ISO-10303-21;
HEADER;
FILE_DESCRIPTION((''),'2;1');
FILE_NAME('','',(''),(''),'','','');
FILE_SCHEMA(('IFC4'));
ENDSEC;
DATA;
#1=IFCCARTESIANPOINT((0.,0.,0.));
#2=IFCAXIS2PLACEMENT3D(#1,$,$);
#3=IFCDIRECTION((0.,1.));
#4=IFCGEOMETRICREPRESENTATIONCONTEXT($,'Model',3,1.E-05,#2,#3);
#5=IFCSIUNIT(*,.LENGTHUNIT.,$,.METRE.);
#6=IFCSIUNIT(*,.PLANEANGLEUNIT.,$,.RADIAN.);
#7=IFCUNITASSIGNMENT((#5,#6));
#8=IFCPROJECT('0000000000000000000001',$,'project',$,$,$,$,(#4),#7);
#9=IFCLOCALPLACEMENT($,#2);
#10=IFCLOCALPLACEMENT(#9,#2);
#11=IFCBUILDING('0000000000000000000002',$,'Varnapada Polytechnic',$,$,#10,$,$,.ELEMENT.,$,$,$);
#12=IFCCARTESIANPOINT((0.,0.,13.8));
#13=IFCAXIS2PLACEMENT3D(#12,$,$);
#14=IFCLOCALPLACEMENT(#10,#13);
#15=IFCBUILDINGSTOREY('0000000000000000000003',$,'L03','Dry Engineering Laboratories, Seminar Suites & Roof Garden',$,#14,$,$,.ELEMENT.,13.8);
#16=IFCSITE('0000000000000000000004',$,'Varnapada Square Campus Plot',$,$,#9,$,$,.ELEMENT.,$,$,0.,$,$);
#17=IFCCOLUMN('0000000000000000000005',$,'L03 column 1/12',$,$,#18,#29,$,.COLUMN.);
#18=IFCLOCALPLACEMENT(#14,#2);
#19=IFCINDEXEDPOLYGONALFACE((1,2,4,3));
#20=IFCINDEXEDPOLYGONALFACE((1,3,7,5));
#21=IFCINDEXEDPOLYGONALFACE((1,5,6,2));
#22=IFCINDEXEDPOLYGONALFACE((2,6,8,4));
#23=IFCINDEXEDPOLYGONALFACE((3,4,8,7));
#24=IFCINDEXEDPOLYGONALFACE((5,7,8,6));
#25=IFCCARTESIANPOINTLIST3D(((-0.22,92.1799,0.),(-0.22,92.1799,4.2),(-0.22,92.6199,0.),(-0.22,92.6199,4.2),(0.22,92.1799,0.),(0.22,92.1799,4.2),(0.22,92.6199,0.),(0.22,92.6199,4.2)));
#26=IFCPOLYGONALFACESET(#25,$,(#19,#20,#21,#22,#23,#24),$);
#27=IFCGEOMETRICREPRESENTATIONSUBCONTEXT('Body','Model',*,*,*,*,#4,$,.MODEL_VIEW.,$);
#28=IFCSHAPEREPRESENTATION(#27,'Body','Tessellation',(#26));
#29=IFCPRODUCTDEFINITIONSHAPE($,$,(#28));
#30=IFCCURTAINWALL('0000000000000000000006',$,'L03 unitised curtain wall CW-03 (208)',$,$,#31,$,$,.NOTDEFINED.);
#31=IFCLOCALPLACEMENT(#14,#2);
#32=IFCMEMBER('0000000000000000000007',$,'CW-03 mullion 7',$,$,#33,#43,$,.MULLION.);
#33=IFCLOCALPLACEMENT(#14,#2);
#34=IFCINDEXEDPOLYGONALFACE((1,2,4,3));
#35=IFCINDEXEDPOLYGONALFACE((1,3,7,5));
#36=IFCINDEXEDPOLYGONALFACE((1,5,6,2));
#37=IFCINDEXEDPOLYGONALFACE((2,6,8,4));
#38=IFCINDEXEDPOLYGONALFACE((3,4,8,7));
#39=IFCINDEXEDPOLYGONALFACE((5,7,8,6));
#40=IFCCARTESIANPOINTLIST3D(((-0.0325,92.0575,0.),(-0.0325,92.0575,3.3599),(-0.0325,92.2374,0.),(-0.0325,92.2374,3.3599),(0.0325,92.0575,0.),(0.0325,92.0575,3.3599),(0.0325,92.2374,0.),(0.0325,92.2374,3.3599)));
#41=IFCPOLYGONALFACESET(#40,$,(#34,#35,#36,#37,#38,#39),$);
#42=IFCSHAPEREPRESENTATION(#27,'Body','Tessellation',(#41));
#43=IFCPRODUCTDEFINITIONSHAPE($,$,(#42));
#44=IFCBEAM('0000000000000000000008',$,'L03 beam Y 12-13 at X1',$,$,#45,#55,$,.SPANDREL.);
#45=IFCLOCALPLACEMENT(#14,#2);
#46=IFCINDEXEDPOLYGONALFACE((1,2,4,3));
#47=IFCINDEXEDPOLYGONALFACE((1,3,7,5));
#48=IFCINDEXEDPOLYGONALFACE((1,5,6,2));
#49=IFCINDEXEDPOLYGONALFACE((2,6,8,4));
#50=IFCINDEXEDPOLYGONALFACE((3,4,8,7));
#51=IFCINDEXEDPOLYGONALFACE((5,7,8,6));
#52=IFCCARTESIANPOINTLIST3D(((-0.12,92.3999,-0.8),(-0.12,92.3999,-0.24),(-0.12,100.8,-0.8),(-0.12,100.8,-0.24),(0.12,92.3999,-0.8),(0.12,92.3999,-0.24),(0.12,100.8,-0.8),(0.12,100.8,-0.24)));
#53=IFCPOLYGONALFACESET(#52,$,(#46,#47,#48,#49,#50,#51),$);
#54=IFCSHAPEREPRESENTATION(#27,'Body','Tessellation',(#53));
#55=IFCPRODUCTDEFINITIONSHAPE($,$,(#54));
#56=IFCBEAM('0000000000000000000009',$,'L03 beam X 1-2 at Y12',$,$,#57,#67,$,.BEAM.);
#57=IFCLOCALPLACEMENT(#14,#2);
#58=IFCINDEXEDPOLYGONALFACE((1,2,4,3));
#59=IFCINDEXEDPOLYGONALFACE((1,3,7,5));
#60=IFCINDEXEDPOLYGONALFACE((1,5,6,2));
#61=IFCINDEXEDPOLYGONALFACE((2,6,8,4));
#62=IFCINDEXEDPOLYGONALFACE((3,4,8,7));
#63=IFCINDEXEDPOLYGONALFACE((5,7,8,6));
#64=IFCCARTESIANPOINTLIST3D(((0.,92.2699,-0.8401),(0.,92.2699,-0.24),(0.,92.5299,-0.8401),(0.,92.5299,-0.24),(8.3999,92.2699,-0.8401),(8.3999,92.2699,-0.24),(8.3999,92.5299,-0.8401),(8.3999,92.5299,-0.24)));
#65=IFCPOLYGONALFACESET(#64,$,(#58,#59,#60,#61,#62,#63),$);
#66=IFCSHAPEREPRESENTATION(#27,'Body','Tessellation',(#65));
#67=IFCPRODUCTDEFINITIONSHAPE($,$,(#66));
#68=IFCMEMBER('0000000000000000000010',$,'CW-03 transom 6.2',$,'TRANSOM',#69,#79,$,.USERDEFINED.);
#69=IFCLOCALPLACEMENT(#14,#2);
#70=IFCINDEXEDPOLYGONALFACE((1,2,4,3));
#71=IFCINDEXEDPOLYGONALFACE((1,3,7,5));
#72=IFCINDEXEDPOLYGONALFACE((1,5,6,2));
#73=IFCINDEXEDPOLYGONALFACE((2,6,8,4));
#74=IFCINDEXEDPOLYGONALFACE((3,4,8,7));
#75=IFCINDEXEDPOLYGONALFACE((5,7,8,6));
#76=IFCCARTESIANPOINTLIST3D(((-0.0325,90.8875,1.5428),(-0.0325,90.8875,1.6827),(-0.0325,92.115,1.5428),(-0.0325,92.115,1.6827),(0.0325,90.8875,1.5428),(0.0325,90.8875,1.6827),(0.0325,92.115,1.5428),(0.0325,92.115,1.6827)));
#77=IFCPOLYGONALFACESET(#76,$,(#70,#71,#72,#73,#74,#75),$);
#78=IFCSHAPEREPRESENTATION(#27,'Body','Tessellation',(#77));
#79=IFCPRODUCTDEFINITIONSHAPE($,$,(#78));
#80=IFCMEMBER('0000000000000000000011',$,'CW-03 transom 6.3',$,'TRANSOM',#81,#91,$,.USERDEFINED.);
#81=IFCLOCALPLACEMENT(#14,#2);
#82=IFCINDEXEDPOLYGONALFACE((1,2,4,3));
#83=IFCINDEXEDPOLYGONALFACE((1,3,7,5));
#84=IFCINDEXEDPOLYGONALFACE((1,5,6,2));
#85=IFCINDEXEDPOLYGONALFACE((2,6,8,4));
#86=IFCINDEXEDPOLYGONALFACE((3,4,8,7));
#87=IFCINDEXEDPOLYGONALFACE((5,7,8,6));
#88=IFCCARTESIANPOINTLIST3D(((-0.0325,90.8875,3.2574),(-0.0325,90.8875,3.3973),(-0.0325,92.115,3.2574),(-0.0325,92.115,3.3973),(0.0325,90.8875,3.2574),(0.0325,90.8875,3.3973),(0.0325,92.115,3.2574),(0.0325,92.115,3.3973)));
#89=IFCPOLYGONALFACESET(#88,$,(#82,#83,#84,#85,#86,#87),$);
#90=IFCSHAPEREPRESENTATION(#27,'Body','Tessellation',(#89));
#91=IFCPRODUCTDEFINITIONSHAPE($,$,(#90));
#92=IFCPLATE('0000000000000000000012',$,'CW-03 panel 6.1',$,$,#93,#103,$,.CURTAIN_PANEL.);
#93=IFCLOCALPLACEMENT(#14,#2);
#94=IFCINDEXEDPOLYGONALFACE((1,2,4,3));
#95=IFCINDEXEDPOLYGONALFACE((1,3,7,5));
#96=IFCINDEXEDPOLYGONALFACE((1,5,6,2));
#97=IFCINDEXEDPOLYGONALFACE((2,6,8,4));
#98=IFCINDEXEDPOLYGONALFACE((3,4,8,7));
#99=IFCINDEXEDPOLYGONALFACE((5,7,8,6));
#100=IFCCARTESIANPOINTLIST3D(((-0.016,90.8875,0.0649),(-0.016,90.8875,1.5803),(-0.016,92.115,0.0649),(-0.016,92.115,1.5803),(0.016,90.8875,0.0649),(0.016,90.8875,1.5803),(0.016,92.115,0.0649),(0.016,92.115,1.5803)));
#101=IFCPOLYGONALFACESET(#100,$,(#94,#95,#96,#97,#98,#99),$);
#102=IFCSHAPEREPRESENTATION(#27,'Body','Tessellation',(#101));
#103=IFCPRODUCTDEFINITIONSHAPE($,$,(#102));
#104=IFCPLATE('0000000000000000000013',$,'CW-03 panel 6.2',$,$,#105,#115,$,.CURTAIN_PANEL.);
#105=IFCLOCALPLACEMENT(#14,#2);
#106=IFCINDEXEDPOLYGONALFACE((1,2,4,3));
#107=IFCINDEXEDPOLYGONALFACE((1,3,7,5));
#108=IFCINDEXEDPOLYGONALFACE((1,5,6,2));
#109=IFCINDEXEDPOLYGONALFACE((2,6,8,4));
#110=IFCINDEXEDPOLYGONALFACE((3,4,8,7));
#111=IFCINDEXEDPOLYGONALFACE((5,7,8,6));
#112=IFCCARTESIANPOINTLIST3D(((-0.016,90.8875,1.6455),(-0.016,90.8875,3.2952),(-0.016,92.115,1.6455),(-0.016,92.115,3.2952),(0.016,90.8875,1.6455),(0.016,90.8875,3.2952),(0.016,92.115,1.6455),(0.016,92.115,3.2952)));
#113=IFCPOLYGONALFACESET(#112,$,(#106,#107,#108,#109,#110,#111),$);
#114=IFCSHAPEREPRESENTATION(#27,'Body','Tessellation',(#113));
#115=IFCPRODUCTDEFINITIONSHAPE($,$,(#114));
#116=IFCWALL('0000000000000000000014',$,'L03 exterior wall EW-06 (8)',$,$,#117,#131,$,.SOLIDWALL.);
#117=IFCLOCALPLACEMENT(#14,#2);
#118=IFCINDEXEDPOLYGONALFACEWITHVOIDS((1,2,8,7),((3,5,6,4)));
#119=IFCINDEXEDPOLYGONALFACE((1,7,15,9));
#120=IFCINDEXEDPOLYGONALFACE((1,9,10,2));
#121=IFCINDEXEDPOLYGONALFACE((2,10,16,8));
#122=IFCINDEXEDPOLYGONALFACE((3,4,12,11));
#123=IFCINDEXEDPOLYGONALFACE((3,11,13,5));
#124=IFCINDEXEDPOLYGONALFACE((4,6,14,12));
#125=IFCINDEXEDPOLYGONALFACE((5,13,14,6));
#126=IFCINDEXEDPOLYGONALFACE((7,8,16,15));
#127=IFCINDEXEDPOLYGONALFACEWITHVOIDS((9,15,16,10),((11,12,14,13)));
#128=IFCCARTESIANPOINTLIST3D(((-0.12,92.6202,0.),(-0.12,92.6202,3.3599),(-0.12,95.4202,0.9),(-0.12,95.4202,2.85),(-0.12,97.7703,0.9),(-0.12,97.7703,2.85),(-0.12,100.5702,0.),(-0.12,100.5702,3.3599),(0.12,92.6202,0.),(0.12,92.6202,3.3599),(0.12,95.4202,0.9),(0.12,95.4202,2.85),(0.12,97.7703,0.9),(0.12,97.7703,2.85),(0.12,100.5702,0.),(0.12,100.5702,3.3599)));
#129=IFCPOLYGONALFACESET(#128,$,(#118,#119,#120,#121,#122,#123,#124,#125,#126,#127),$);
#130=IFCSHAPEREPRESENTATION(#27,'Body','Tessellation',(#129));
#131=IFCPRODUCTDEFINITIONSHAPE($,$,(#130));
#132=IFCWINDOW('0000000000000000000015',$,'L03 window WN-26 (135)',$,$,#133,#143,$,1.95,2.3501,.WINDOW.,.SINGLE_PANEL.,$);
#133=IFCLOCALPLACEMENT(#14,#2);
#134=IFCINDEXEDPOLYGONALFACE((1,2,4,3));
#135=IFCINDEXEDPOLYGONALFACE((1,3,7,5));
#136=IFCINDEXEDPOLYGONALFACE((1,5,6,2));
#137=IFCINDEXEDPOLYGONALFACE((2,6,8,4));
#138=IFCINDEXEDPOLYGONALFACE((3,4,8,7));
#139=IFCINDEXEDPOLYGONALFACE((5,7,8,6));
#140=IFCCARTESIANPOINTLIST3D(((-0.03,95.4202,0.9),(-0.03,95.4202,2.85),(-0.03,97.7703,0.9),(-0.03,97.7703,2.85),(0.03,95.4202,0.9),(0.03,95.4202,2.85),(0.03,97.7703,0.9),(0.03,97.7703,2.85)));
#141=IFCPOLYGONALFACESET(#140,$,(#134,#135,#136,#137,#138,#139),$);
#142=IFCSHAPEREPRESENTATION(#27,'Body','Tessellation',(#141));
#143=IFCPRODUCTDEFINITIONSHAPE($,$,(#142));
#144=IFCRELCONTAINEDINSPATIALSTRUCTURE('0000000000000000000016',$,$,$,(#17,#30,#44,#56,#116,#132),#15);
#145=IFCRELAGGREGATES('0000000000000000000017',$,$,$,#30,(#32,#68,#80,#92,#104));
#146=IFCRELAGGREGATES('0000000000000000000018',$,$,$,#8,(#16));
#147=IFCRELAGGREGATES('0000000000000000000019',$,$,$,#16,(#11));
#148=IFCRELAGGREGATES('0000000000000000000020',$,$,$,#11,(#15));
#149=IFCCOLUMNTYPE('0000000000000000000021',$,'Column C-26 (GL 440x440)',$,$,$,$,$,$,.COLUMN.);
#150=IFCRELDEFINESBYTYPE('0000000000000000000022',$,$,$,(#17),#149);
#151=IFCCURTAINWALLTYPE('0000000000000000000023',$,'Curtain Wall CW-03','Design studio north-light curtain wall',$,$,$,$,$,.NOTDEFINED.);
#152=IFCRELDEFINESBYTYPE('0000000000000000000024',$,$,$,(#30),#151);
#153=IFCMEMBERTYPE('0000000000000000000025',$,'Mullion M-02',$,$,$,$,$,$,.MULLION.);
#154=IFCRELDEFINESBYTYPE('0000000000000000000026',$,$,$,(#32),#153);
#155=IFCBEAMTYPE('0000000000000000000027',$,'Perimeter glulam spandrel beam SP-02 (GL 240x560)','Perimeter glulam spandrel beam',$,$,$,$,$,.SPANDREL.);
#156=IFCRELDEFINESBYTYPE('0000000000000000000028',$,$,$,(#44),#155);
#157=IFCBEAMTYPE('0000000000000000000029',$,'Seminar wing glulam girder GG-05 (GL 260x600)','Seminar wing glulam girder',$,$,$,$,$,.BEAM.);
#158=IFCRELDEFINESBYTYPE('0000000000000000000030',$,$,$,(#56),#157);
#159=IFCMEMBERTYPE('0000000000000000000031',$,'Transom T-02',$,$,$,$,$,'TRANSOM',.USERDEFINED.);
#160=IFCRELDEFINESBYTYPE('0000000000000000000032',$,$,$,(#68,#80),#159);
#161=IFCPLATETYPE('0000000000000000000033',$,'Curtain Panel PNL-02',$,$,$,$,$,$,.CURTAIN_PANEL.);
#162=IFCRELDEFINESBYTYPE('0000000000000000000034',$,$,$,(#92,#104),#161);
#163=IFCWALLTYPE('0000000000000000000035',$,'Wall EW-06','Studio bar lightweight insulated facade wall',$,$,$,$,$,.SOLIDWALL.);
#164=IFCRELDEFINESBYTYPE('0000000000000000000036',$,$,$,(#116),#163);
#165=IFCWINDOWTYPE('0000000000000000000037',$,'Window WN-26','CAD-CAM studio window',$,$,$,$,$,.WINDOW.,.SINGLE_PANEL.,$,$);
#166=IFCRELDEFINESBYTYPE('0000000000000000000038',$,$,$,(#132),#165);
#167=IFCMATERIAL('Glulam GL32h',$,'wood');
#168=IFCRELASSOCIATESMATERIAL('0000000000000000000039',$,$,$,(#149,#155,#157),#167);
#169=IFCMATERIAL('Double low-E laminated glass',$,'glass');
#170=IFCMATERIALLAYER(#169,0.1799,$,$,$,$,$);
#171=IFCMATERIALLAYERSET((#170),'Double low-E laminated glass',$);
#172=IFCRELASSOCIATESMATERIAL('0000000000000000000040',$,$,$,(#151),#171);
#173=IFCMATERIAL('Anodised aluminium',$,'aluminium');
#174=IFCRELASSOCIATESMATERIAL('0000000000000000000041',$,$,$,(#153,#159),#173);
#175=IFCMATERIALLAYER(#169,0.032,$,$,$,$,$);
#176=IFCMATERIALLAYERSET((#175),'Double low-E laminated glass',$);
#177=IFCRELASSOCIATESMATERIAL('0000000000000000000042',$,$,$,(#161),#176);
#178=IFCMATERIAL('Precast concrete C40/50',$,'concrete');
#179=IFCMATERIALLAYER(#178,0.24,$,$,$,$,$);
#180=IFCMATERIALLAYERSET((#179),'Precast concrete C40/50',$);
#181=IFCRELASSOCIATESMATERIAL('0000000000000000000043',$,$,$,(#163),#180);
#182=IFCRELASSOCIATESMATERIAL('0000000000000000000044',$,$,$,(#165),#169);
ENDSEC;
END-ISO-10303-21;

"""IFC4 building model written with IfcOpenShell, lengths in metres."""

from ifc_helpers import new_model, si_unit, direction, frame, frame_2d, origin, origin_2d, place, context, subcontext, project, spatial, rectangle, extrude, material, layer, layer_set, material_profile, profile_set, type_object, element, fill, aggregate, save


model = new_model("IFC4")

# Units and contexts
model_context = context("Model", 3, precision=1e-05, world=origin(), true_north=direction((0.0, 1.0)))
body_context = subcontext(model_context, "Body", "Model", "MODEL_VIEW")
ifc_project = project(units=[si_unit("LENGTHUNIT", "METRE"), si_unit("PLANEANGLEUNIT", "RADIAN")], contexts=[model_context])

# Site, building, storey
site_placement = place(None, origin())
site = spatial("IfcSite", under=ifc_project, at=site_placement, Name="Varnapada Square Campus Plot", CompositionType="ELEMENT", RefElevation=0.0)
building_placement = place(site_placement, origin())
building = spatial("IfcBuilding", under=site, at=building_placement, Name="Varnapada Polytechnic", CompositionType="ELEMENT")
storey_placement = place(building_placement, frame((0.0, 0.0, 13.8)))
storey = spatial("IfcBuildingStorey", under=building, at=storey_placement, Name="L03", Description="Dry Engineering Laboratories, Seminar Suites & Roof Garden", CompositionType="ELEMENT", Elevation=13.8)

# Column
ifc_material_1 = material(Name="Glulam GL32h", Category="wood")
ifc_material_profile_1 = material_profile(ifc_material_1, rectangle(XDim=0.4399, YDim=0.4399, at=origin_2d()), Name="GL 440x440")
ifc_profile_set_1 = profile_set([ifc_material_profile_1], Name="Glulam GL32h")
column_type = type_object("IfcColumnType", Name="Column C-26 (GL 440x440)", PredefinedType="COLUMN", material=ifc_profile_set_1)
column_placement = place(storey_placement, frame((0.0, 92.3999, 0.0), z_axis=(0.0, 0.0, 1.0), x_axis=(1.0, 0.0, 0.0)))
element("IfcColumn", 1, at=column_placement, inside=storey, type_object=column_type, Name="L03 column 1/12", PredefinedType="COLUMN", context=body_context, shape_type="SweptSolid", body=[
    extrude(rectangle(XDim=0.4399, YDim=0.4399, at=origin_2d()), origin(), (0.0, 0.0, 1.0), 4.2),
])

# Curtain wall, member
ifc_material_2 = material(Name="Double low-E laminated glass", Category="glass")
ifc_layer_1 = layer(ifc_material_2, 0.1799)
ifc_layer_set_1 = layer_set([ifc_layer_1], Name="Double low-E laminated glass")
curtain_wall_type = type_object("IfcCurtainWallType", Name="Curtain Wall CW-03", Description="Design studio north-light curtain wall", PredefinedType="NOTDEFINED", material=ifc_layer_set_1)
curtain_wall_placement = place(storey_placement, origin())
curtain_wall = element("IfcCurtainWall", 2, at=curtain_wall_placement, inside=storey, type_object=curtain_wall_type, Name="L03 unitised curtain wall CW-03 (208)", PredefinedType="NOTDEFINED")
ifc_material_3 = material(Name="Anodised aluminium", Category="aluminium")
ifc_material_profile_2 = material_profile(ifc_material_3, rectangle(XDim=0.0649, YDim=0.1799, at=origin_2d()), Name="ALU M65x180")
ifc_profile_set_2 = profile_set([ifc_material_profile_2], Name="Anodised aluminium")
member_type_1 = type_object("IfcMemberType", Name="Mullion M-02", PredefinedType="MULLION", material=ifc_profile_set_2)
member_1_placement = place(storey_placement, frame((0.0, 92.1475, 0.0), z_axis=(0.0, 0.0, 1.0), x_axis=(-1.0, 0.0, 0.0)))
member_1 = element("IfcMember", 3, at=member_1_placement, type_object=member_type_1, Name="CW-03 mullion 7", PredefinedType="MULLION", context=body_context, shape_type="SweptSolid", body=[
    extrude(rectangle(XDim=0.0649, YDim=0.1799, at=origin_2d()), origin(), (0.0, 0.0, 1.0), 3.3599),
])

# Beams
ifc_material_profile_3 = material_profile(ifc_material_1, rectangle(XDim=0.24, YDim=0.5601, at=origin_2d()), Name="GL 240x560")
ifc_profile_set_3 = profile_set([ifc_material_profile_3], Name="Glulam GL32h")
beam_type_1 = type_object("IfcBeamType", Name="Perimeter glulam spandrel beam SP-02 (GL 240x560)", Description="Perimeter glulam spandrel beam", PredefinedType="SPANDREL", material=ifc_profile_set_3)
beam_1_placement = place(storey_placement, frame((0.0, 92.3999, -0.52), z_axis=(0.0, 1.0, 0.0), x_axis=(-1.0, 0.0, 0.0)))
element("IfcBeam", 4, at=beam_1_placement, inside=storey, type_object=beam_type_1, Name="L03 beam Y 12-13 at X1", PredefinedType="SPANDREL", context=body_context, shape_type="SweptSolid", body=[
    extrude(rectangle(XDim=0.24, YDim=0.5601, at=origin_2d()), origin(), (0.0, 0.0, 1.0), 8.4001),
])
ifc_material_profile_4 = material_profile(ifc_material_1, rectangle(XDim=0.26, YDim=0.6001, at=origin_2d()), Name="GL 260x600")
ifc_profile_set_4 = profile_set([ifc_material_profile_4], Name="Glulam GL32h")
beam_type_2 = type_object("IfcBeamType", Name="Seminar wing glulam girder GG-05 (GL 260x600)", Description="Seminar wing glulam girder", PredefinedType="BEAM", material=ifc_profile_set_4)
beam_2_placement = place(storey_placement, frame((0.0, 92.3999, -0.54), z_axis=(1.0, 0.0, 0.0), x_axis=(0.0, 1.0, 0.0)))
element("IfcBeam", 5, at=beam_2_placement, inside=storey, type_object=beam_type_2, Name="L03 beam X 1-2 at Y12", PredefinedType="BEAM", context=body_context, shape_type="SweptSolid", body=[
    extrude(rectangle(XDim=0.26, YDim=0.6001, at=origin_2d()), origin(), (0.0, 0.0, 1.0), 8.3999),
])

# Members
ifc_material_profile_5 = material_profile(ifc_material_3, rectangle(XDim=0.0649, YDim=0.1399, at=origin_2d()), Name="ALU T65x140")
ifc_profile_set_5 = profile_set([ifc_material_profile_5], Name="Anodised aluminium")
member_type_2 = type_object("IfcMemberType", Name="Transom T-02", ElementType="TRANSOM", PredefinedType="USERDEFINED", material=ifc_profile_set_5)
member_2_placement = place(storey_placement, frame((0.0, 90.8875, 1.6128), z_axis=(0.0, 1.0, 0.0), x_axis=(-1.0, 0.0, 0.0)))
member_2 = element("IfcMember", 6, at=member_2_placement, type_object=member_type_2, Name="CW-03 transom 6.2", ObjectType="TRANSOM", PredefinedType="USERDEFINED", context=body_context, shape_type="SweptSolid", body=[
    extrude(rectangle(XDim=0.0649, YDim=0.1399, at=origin_2d()), origin(), (0.0, 0.0, 1.0), 1.2275),
])
member_3_placement = place(storey_placement, frame((0.0, 90.8875, 3.3274), z_axis=(0.0, 1.0, 0.0), x_axis=(-1.0, 0.0, 0.0)))
member_3 = element("IfcMember", 7, at=member_3_placement, type_object=member_type_2, Name="CW-03 transom 6.3", ObjectType="TRANSOM", PredefinedType="USERDEFINED", context=body_context, shape_type="SweptSolid", body=[
    extrude(rectangle(XDim=0.0649, YDim=0.1399, at=origin_2d()), origin(), (0.0, 0.0, 1.0), 1.2275),
])

# Plates
ifc_layer_2 = layer(ifc_material_2, 0.032)
ifc_layer_set_2 = layer_set([ifc_layer_2], Name="Double low-E laminated glass")
plate_type = type_object("IfcPlateType", Name="Curtain Panel PNL-02", PredefinedType="CURTAIN_PANEL", material=ifc_layer_set_2)
plate_1_placement = place(storey_placement, frame((0.0, 91.5012, 0.0649), z_axis=(0.0, 0.0, 1.0), x_axis=(0.0, 1.0, 0.0)))
plate_1 = element("IfcPlate", 8, at=plate_1_placement, type_object=plate_type, Name="CW-03 panel 6.1", PredefinedType="CURTAIN_PANEL", context=body_context, shape_type="SweptSolid", body=[
    extrude(rectangle(XDim=1.2275, YDim=0.032, at=origin_2d()), origin(), (0.0, 0.0, 1.0), 1.5154),
])
plate_2_placement = place(storey_placement, frame((0.0, 91.5012, 1.6455), z_axis=(0.0, 0.0, 1.0), x_axis=(0.0, 1.0, 0.0)))
plate_2 = element("IfcPlate", 9, at=plate_2_placement, type_object=plate_type, Name="CW-03 panel 6.2", PredefinedType="CURTAIN_PANEL", context=body_context, shape_type="SweptSolid", body=[
    extrude(rectangle(XDim=1.2275, YDim=0.032, at=origin_2d()), origin(), (0.0, 0.0, 1.0), 1.6497),
])
aggregate(curtain_wall, [member_1, member_2, member_3, plate_1, plate_2])

# Wall, opening, window
ifc_material_4 = material(Name="Precast concrete C40/50", Category="concrete")
ifc_layer_3 = layer(ifc_material_4, 0.24)
ifc_layer_set_3 = layer_set([ifc_layer_3], Name="Precast concrete C40/50")
wall_type = type_object("IfcWallType", Name="Wall EW-06", Description="Studio bar lightweight insulated facade wall", PredefinedType="SOLIDWALL", material=ifc_layer_set_3)
wall_placement = place(storey_placement, frame((0.0, 92.6201, 0.0), z_axis=(0.0, 0.0, 1.0), x_axis=(0.0, 1.0, 0.0)))
wall = element("IfcWall", 10, at=wall_placement, inside=storey, type_object=wall_type, Name="L03 exterior wall EW-06 (8)", PredefinedType="SOLIDWALL", context=body_context, shape_type="SweptSolid", body=[
    extrude(rectangle(XDim=7.95, YDim=0.24, at=frame_2d((3.9751, 0.0))), origin(), (0.0, 0.0, 1.0), 3.3599),
])
opening_1_placement = place(wall_placement, frame((2.8, 0.0, 0.8999)))
opening_1 = element("IfcOpeningElement", 11, at=opening_1_placement, cuts=wall, PredefinedType="OPENING", context=body_context, shape_type="SweptSolid", body=[
    extrude(rectangle(XDim=2.3501, YDim=1.95, at=frame_2d((1.175, 0.9751))), frame((0.0, 0.1299, 0.0), z_axis=(0.0, -1.0, 0.0), x_axis=(1.0, 0.0, 0.0)), (0.0, 0.0, 1.0), 0.26),
])
window_type = type_object("IfcWindowType", Name="Window WN-26", Description="CAD-CAM studio window", PartitioningType="SINGLE_PANEL", PredefinedType="WINDOW", material=ifc_material_2)
window_placement = place(opening_1_placement, origin())
window = element("IfcWindow", 12, at=window_placement, inside=storey, type_object=window_type, Name="L03 window WN-26 (135)", OverallHeight=1.95, OverallWidth=2.3501, PartitioningType="SINGLE_PANEL", PredefinedType="WINDOW", context=body_context, shape_type="SweptSolid", body=[
    extrude(rectangle(XDim=2.3501, YDim=1.95, at=frame_2d((1.175, 0.9751))), frame((0.0, 0.03, 0.0), z_axis=(0.0, -1.0, 0.0), x_axis=(1.0, 0.0, 0.0)), (0.0, 0.0, 1.0), 0.0601),
])
fill(opening_1, window)

save(model, "model.ifc")
